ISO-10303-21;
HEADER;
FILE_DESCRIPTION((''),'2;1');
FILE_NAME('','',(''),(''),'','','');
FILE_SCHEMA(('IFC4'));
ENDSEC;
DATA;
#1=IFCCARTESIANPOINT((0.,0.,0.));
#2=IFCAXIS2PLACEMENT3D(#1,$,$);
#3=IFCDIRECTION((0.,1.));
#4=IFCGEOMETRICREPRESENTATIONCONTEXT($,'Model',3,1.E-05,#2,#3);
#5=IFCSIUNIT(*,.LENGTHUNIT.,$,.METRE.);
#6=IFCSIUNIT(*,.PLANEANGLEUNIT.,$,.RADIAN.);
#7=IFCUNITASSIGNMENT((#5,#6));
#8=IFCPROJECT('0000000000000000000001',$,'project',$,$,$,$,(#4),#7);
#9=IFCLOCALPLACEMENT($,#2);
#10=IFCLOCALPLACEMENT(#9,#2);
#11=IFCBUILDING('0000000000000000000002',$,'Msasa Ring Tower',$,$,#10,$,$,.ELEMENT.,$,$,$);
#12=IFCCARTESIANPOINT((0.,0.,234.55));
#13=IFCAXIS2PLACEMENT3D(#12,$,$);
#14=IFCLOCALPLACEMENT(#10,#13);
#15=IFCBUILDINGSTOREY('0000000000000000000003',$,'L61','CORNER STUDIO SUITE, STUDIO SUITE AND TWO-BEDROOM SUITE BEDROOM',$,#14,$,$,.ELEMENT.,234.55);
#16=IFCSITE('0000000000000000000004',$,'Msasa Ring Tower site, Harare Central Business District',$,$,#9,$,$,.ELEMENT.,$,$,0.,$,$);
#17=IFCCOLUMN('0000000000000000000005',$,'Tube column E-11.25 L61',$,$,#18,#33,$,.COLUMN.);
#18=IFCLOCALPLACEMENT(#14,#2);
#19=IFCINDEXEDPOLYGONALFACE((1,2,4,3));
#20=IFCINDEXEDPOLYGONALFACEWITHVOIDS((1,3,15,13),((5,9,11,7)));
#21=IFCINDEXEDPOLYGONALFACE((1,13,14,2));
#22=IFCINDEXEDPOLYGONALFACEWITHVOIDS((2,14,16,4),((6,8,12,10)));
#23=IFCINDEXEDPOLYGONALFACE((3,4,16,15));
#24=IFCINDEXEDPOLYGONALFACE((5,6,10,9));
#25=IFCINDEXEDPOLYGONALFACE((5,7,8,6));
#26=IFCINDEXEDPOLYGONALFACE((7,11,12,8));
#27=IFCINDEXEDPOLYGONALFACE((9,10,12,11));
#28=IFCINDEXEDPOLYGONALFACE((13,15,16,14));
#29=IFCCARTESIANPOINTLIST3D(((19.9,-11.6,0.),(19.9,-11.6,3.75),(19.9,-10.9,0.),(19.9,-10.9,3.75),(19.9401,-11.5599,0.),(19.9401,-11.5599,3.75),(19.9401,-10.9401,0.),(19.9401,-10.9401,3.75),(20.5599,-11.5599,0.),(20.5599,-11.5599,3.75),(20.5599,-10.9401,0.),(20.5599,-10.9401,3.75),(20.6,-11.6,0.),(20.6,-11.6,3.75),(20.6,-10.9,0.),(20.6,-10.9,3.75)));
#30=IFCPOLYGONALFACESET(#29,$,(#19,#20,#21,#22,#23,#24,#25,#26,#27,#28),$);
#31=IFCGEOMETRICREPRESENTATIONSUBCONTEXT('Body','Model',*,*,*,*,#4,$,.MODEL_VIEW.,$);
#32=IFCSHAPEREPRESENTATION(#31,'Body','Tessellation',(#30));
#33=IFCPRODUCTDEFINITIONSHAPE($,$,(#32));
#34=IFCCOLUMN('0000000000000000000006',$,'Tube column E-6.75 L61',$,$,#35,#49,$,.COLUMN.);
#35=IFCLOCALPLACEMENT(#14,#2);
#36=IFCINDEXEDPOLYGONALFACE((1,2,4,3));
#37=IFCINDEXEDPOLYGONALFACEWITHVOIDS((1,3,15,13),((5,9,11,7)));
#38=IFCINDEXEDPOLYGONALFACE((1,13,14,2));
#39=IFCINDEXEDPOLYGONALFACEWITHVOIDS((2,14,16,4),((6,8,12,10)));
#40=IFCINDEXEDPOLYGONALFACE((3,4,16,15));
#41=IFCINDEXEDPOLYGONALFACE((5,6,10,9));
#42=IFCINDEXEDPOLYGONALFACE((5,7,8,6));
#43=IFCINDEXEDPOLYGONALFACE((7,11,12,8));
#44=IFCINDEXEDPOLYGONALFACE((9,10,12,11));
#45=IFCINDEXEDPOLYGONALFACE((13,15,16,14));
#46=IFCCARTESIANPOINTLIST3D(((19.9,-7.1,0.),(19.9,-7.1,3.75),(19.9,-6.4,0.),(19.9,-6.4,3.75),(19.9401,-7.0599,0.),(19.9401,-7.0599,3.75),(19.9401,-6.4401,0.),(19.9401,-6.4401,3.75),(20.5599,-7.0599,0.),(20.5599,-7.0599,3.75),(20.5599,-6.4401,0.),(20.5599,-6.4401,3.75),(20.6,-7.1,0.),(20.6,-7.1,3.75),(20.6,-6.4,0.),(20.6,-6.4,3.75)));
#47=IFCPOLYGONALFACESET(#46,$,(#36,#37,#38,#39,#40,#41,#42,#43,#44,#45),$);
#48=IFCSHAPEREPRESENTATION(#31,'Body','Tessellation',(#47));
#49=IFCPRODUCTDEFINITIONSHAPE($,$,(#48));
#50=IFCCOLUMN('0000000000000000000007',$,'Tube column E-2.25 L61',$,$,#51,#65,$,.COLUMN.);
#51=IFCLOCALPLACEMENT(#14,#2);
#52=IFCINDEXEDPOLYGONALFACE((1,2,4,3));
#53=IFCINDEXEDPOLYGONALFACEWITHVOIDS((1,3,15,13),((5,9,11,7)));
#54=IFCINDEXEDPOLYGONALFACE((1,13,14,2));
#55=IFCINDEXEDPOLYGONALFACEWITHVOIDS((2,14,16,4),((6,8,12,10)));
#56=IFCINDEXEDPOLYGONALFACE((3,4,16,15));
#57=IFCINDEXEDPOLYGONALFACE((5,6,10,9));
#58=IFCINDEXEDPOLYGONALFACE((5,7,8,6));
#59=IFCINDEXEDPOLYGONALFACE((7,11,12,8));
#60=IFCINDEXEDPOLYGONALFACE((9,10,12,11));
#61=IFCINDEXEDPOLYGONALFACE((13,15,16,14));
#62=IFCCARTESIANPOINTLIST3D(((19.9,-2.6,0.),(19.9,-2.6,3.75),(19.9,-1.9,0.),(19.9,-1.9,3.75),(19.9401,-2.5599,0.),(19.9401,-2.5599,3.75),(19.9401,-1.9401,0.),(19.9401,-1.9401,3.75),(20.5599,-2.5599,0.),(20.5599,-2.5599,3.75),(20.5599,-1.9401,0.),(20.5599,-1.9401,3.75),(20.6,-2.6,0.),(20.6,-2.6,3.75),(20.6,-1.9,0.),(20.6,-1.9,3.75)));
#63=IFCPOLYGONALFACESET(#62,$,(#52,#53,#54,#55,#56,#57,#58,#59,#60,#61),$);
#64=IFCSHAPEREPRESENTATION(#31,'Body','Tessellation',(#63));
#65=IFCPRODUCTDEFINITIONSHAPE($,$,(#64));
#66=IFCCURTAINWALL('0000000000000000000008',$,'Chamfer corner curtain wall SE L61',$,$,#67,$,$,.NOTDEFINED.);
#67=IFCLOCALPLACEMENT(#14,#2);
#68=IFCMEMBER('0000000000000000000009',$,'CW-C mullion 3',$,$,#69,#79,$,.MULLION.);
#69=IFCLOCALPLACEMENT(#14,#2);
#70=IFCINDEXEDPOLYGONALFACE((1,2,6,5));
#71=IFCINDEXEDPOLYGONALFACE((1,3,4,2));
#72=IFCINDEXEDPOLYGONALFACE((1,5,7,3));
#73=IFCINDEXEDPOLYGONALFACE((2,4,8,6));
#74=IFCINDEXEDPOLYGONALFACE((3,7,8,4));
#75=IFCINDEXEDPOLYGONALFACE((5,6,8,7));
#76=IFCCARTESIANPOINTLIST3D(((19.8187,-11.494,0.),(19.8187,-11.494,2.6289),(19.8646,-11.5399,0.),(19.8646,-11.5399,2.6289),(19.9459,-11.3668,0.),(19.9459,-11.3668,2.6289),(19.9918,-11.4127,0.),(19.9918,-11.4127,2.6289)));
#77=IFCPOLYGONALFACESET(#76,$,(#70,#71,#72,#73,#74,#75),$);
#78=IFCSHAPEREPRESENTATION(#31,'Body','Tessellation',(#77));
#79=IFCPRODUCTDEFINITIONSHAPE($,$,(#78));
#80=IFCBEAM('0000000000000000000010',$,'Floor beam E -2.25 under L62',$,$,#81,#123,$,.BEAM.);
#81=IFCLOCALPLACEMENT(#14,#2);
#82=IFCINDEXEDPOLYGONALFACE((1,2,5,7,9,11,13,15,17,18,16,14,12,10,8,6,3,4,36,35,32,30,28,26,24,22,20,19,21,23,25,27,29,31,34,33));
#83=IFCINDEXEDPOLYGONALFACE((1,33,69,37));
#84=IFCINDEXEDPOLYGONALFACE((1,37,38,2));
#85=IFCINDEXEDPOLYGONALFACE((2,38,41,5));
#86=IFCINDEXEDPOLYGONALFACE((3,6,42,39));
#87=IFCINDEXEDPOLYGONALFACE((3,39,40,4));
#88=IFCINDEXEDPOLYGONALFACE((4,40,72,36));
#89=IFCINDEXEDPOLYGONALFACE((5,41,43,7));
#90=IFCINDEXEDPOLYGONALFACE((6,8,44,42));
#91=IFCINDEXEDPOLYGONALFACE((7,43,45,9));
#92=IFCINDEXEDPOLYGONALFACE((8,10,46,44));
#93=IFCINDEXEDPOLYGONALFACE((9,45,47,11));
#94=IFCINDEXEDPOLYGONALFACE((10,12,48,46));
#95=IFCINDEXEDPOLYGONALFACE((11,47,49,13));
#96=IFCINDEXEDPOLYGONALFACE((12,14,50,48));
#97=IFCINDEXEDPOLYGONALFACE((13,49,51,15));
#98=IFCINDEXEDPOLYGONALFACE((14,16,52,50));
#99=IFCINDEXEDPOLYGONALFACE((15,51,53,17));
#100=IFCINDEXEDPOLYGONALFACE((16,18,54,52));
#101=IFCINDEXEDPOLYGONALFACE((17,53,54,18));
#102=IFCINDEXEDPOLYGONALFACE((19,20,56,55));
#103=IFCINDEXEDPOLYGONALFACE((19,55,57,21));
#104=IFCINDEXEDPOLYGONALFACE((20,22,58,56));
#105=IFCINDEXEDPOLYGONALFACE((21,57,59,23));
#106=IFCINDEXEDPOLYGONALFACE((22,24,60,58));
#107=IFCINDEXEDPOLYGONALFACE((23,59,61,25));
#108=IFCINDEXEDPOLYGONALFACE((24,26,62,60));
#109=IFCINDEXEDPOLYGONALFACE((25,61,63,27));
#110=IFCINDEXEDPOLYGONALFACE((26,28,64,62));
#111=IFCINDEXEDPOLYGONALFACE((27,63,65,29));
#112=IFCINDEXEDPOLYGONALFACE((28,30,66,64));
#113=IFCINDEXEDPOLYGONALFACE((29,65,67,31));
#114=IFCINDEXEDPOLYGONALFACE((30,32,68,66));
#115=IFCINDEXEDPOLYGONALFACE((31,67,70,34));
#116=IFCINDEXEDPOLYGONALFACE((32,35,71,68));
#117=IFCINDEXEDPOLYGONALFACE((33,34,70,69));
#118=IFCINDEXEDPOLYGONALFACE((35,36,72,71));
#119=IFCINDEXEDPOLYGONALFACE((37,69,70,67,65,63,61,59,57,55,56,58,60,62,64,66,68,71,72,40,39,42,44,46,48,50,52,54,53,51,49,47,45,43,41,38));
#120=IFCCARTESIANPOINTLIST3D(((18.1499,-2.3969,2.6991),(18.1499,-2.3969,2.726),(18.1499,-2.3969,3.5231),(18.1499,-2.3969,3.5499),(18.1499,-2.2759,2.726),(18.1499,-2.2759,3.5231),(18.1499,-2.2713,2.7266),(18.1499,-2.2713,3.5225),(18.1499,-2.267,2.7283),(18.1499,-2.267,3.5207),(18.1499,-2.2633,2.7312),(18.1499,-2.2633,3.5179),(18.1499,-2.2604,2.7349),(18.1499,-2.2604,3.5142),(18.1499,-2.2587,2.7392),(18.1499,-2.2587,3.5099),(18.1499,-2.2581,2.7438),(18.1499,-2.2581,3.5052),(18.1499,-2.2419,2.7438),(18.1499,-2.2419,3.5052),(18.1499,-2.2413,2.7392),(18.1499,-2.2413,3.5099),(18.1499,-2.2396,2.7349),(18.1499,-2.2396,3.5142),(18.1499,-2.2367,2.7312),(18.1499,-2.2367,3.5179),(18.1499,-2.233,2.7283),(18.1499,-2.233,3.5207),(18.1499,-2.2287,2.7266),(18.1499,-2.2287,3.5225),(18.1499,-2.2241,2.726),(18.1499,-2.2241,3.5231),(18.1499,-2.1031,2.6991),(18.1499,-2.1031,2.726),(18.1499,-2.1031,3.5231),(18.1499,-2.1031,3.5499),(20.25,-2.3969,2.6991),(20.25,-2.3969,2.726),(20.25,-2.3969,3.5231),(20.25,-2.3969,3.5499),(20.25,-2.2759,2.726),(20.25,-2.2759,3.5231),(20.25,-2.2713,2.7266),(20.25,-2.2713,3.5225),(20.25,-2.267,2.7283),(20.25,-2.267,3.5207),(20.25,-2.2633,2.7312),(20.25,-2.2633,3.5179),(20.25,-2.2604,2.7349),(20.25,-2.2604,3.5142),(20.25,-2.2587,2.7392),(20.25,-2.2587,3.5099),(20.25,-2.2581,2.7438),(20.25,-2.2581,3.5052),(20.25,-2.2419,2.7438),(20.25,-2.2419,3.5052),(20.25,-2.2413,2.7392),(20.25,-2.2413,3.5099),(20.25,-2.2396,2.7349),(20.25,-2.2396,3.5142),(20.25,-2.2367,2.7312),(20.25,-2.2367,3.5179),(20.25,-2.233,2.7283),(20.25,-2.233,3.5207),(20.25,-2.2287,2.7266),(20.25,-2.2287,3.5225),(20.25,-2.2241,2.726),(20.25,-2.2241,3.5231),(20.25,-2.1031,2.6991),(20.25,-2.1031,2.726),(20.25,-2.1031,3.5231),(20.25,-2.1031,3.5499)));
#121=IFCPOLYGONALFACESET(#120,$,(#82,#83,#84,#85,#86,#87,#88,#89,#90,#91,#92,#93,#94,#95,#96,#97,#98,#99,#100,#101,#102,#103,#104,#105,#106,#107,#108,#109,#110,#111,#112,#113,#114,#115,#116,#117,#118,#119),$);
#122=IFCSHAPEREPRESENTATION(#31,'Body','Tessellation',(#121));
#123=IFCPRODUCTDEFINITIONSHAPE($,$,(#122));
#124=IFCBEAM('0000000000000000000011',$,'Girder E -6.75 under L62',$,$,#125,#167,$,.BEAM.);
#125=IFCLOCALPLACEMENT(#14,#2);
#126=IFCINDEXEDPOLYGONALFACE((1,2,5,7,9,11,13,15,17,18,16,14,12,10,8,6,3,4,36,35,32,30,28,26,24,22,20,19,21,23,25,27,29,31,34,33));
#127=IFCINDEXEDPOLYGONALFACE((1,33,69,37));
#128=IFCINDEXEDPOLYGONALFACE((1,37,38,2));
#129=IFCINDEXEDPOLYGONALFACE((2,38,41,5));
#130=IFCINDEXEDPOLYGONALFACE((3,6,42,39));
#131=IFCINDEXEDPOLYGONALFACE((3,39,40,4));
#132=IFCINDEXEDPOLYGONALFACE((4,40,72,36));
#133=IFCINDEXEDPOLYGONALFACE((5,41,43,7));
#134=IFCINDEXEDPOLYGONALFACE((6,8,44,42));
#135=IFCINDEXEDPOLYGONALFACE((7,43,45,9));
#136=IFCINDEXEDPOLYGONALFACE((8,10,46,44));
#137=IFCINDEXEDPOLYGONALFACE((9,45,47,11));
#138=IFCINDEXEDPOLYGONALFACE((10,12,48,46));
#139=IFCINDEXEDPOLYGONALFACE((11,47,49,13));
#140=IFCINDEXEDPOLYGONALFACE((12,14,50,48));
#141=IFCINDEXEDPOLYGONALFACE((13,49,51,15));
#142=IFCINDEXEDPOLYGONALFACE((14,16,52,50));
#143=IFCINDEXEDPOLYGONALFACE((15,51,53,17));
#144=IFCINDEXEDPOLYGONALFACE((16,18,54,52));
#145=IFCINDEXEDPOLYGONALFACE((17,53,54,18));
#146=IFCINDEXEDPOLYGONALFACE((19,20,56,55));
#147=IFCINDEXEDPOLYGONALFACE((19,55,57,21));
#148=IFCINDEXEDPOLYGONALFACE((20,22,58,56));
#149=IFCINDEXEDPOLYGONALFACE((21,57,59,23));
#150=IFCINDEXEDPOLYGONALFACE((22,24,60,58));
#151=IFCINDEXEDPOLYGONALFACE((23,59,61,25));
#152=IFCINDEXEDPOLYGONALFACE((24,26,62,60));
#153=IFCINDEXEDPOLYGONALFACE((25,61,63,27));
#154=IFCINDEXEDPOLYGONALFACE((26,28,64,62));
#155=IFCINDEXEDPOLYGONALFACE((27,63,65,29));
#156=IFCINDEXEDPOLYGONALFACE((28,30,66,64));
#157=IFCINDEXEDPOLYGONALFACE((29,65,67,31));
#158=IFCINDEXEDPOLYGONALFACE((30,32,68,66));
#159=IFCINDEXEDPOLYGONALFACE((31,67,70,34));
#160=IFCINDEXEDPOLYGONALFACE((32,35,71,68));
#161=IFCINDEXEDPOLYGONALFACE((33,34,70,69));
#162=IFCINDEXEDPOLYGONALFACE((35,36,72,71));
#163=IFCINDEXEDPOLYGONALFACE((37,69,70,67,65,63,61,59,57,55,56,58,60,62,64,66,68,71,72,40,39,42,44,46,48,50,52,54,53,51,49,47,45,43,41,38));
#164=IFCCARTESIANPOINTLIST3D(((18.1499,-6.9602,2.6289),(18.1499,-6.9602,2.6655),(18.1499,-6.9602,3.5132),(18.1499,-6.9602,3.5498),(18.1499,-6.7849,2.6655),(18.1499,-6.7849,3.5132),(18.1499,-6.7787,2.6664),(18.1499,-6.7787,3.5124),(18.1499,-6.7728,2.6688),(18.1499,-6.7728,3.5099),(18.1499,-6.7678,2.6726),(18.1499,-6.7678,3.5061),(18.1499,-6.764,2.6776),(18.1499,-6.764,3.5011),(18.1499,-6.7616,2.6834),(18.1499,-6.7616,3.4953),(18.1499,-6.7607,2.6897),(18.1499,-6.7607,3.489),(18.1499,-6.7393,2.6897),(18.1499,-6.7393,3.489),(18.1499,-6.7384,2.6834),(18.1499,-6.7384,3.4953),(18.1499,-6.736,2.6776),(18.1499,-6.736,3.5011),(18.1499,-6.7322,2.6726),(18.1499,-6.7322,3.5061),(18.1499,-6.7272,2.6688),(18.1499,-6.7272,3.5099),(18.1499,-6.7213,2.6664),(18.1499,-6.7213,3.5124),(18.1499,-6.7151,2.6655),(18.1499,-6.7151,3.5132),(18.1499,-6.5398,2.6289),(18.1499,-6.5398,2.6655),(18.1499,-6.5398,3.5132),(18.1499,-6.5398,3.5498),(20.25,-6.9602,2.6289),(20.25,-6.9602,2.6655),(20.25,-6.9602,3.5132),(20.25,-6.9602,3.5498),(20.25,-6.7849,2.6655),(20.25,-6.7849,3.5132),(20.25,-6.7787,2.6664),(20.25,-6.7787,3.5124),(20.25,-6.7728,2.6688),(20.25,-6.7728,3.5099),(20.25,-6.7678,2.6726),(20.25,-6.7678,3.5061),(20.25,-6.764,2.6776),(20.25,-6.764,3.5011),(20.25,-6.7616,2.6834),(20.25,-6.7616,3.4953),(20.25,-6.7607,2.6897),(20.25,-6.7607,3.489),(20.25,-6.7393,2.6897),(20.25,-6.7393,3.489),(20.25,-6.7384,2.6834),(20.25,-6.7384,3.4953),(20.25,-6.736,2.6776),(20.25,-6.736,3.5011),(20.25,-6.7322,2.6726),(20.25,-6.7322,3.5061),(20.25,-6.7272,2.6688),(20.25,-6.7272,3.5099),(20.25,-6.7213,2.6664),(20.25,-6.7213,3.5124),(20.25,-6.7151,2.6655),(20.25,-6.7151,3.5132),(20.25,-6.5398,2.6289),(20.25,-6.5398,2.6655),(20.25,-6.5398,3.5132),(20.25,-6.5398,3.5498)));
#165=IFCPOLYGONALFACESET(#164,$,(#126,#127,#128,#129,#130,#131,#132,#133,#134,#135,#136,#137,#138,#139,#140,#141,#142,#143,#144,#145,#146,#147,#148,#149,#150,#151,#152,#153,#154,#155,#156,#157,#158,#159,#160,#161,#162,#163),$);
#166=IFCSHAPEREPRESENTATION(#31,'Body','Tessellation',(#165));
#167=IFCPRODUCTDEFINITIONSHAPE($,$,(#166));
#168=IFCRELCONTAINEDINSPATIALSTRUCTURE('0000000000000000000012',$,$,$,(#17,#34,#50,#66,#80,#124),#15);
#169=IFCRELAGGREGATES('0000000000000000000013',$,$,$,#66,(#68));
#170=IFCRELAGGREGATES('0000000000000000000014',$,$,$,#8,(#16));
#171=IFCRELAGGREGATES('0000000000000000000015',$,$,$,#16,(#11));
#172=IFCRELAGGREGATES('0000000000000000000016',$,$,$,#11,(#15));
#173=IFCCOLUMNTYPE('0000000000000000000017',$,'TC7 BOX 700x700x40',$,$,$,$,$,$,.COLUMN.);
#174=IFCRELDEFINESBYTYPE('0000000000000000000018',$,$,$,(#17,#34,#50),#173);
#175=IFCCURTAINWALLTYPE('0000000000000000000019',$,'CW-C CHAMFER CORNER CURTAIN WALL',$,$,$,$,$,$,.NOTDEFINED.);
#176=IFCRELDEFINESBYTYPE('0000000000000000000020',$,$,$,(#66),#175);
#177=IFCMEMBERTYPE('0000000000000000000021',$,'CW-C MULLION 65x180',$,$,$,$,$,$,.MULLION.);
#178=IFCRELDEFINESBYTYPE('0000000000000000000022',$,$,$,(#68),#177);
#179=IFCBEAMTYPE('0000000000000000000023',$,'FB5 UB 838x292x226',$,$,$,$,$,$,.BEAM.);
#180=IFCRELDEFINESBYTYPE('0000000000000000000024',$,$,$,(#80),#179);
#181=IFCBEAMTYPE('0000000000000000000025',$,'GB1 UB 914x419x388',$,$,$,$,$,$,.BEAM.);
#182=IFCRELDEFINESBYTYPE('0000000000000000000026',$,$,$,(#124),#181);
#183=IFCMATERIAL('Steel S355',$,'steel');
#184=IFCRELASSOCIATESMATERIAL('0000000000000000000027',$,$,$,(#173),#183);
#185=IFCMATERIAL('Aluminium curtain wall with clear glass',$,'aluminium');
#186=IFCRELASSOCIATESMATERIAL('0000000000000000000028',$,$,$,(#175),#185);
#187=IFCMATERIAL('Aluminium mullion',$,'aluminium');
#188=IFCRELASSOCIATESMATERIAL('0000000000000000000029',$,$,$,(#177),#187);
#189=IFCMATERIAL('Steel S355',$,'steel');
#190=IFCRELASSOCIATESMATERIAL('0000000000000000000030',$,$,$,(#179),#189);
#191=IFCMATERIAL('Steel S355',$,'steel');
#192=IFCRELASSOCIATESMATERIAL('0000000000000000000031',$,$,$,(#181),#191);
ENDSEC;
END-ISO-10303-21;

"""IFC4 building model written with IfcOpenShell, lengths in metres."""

from ifc_helpers import new_model, si_unit, direction, frame, origin, origin_2d, place, context, subcontext, project, spatial, rectangle, hollow_rectangle, i_section, extrude, material, material_profile, profile_set, type_object, element, aggregate, save


model = new_model("IFC4")

# Units and contexts
model_context = context("Model", 3, precision=1e-05, world=origin(), true_north=direction((0.0, 1.0)))
body_context = subcontext(model_context, "Body", "Model", "MODEL_VIEW")
ifc_project = project(units=[si_unit("LENGTHUNIT", "METRE"), si_unit("PLANEANGLEUNIT", "RADIAN")], contexts=[model_context])

# Site, building, storey
site_placement = place(None, origin())
site = spatial("IfcSite", under=ifc_project, at=site_placement, Name="Msasa Ring Tower site, Harare Central Business District", CompositionType="ELEMENT", RefElevation=0.0)
building_placement = place(site_placement, origin())
building = spatial("IfcBuilding", under=site, at=building_placement, Name="Msasa Ring Tower", CompositionType="ELEMENT")
storey_placement = place(building_placement, frame((0.0, 0.0, 234.55)))
storey = spatial("IfcBuildingStorey", under=building, at=storey_placement, Name="L61", Description="CORNER STUDIO SUITE, STUDIO SUITE AND TWO-BEDROOM SUITE BEDROOM", CompositionType="ELEMENT", Elevation=234.55)

# Columns
ifc_material_1 = material(Name="Steel S355", Category="steel")
ifc_material_profile_1 = material_profile(ifc_material_1, hollow_rectangle(XDim=0.7, YDim=0.7, WallThickness=0.04, at=origin_2d()), Name="BOX 700x700x40")
ifc_profile_set_1 = profile_set([ifc_material_profile_1], Name="Steel S355")
column_type = type_object("IfcColumnType", Name="TC7 BOX 700x700x40", PredefinedType="COLUMN", material=ifc_profile_set_1)
for number, where, z_axis, x_axis, name in (
    (1, (20.25, -11.25, 0.0), (0.0, 0.0, 1.0), (1.0, 0.0, 0.0), "Tube column E-11.25 L61"),
    (2, (20.25, -6.75, 0.0), (0.0, 0.0, 1.0), (1.0, 0.0, 0.0), "Tube column E-6.75 L61"),
    (3, (20.25, -2.25, 0.0), (0.0, 0.0, 1.0), (1.0, 0.0, 0.0), "Tube column E-2.25 L61"),
):
    element("IfcColumn", number, at=place(storey_placement, frame(where, z_axis=z_axis, x_axis=x_axis)), inside=storey, type_object=column_type, Name=name, PredefinedType="COLUMN", context=body_context, shape_type="SweptSolid", body=[
        extrude(hollow_rectangle(XDim=0.7, YDim=0.7, WallThickness=0.04, at=origin_2d()), origin(), (0.0, 0.0, 1.0), 3.75),
    ])

# Curtain wall, member
ifc_material_2 = material(Name="Aluminium curtain wall with clear glass", Category="aluminium")
curtain_wall_type = type_object("IfcCurtainWallType", Name="CW-C CHAMFER CORNER CURTAIN WALL", PredefinedType="NOTDEFINED", material=ifc_material_2)
curtain_wall_placement = place(storey_placement, origin())
curtain_wall = element("IfcCurtainWall", 4, at=curtain_wall_placement, inside=storey, type_object=curtain_wall_type, Name="Chamfer corner curtain wall SE L61", PredefinedType="NOTDEFINED")
ifc_material_3 = material(Name="Aluminium mullion", Category="aluminium")
ifc_material_profile_2 = material_profile(ifc_material_3, rectangle(XDim=0.0649, YDim=0.1799, at=origin_2d()), Name="AL 65x180")
ifc_profile_set_2 = profile_set([ifc_material_profile_2], Name="Aluminium mullion")
member_type = type_object("IfcMemberType", Name="CW-C MULLION 65x180", PredefinedType="MULLION", material=ifc_profile_set_2)
member_placement = place(storey_placement, frame((19.9053, -11.4534, 0.0), z_axis=(0.0, 0.0, 1.0), x_axis=(-0.707107, 0.707107, 0.0)))
member = element("IfcMember", 5, at=member_placement, type_object=member_type, Name="CW-C mullion 3", PredefinedType="MULLION", context=body_context, shape_type="SweptSolid", body=[
    extrude(rectangle(XDim=0.0649, YDim=0.1799, at=origin_2d()), origin(), (0.0, 0.0, 1.0), 2.6289),
])

# Beams
ifc_material_4 = material(Name="Steel S355", Category="steel")
ifc_material_profile_3 = material_profile(ifc_material_4, i_section(OverallWidth=0.2937, OverallDepth=0.8508, WebThickness=0.0161, FlangeThickness=0.0269, FilletRadius=0.0178, at=origin_2d()), Name="UB 838x292x226")
ifc_profile_set_3 = profile_set([ifc_material_profile_3], Name="Steel S355")
beam_type_1 = type_object("IfcBeamType", Name="FB5 UB 838x292x226", PredefinedType="BEAM", material=ifc_profile_set_3)
beam_1_placement = place(storey_placement, frame((20.25, -2.25, 3.1245), z_axis=(-1.0, 0.0, 0.0), x_axis=(0.0, -1.0, 0.0)))
element("IfcBeam", 6, at=beam_1_placement, inside=storey, type_object=beam_type_1, Name="Floor beam E -2.25 under L62", PredefinedType="BEAM", context=body_context, shape_type="SweptSolid", body=[
    extrude(i_section(OverallWidth=0.2937, OverallDepth=0.8508, WebThickness=0.0161, FlangeThickness=0.0269, FilletRadius=0.0178, at=origin_2d()), origin(), (0.0, 0.0, 1.0), 2.1001),
])
ifc_material_5 = material(Name="Steel S355", Category="steel")
ifc_material_profile_4 = material_profile(ifc_material_5, i_section(OverallWidth=0.4204, OverallDepth=0.9209, WebThickness=0.0215, FlangeThickness=0.0366, FilletRadius=0.0242, at=origin_2d()), Name="UB 914x419x388")
ifc_profile_set_4 = profile_set([ifc_material_profile_4], Name="Steel S355")
beam_type_2 = type_object("IfcBeamType", Name="GB1 UB 914x419x388", PredefinedType="BEAM", material=ifc_profile_set_4)
beam_2_placement = place(storey_placement, frame((18.1499, -6.75, 3.0894), z_axis=(1.0, 0.0, 0.0), x_axis=(0.0, 1.0, 0.0)))
element("IfcBeam", 7, at=beam_2_placement, inside=storey, type_object=beam_type_2, Name="Girder E -6.75 under L62", PredefinedType="BEAM", context=body_context, shape_type="SweptSolid", body=[
    extrude(i_section(OverallWidth=0.4204, OverallDepth=0.9209, WebThickness=0.0215, FlangeThickness=0.0366, FilletRadius=0.0242, at=origin_2d()), origin(), (0.0, 0.0, 1.0), 2.1001),
])

aggregate(curtain_wall, [member])

save(model, "model.ifc")
